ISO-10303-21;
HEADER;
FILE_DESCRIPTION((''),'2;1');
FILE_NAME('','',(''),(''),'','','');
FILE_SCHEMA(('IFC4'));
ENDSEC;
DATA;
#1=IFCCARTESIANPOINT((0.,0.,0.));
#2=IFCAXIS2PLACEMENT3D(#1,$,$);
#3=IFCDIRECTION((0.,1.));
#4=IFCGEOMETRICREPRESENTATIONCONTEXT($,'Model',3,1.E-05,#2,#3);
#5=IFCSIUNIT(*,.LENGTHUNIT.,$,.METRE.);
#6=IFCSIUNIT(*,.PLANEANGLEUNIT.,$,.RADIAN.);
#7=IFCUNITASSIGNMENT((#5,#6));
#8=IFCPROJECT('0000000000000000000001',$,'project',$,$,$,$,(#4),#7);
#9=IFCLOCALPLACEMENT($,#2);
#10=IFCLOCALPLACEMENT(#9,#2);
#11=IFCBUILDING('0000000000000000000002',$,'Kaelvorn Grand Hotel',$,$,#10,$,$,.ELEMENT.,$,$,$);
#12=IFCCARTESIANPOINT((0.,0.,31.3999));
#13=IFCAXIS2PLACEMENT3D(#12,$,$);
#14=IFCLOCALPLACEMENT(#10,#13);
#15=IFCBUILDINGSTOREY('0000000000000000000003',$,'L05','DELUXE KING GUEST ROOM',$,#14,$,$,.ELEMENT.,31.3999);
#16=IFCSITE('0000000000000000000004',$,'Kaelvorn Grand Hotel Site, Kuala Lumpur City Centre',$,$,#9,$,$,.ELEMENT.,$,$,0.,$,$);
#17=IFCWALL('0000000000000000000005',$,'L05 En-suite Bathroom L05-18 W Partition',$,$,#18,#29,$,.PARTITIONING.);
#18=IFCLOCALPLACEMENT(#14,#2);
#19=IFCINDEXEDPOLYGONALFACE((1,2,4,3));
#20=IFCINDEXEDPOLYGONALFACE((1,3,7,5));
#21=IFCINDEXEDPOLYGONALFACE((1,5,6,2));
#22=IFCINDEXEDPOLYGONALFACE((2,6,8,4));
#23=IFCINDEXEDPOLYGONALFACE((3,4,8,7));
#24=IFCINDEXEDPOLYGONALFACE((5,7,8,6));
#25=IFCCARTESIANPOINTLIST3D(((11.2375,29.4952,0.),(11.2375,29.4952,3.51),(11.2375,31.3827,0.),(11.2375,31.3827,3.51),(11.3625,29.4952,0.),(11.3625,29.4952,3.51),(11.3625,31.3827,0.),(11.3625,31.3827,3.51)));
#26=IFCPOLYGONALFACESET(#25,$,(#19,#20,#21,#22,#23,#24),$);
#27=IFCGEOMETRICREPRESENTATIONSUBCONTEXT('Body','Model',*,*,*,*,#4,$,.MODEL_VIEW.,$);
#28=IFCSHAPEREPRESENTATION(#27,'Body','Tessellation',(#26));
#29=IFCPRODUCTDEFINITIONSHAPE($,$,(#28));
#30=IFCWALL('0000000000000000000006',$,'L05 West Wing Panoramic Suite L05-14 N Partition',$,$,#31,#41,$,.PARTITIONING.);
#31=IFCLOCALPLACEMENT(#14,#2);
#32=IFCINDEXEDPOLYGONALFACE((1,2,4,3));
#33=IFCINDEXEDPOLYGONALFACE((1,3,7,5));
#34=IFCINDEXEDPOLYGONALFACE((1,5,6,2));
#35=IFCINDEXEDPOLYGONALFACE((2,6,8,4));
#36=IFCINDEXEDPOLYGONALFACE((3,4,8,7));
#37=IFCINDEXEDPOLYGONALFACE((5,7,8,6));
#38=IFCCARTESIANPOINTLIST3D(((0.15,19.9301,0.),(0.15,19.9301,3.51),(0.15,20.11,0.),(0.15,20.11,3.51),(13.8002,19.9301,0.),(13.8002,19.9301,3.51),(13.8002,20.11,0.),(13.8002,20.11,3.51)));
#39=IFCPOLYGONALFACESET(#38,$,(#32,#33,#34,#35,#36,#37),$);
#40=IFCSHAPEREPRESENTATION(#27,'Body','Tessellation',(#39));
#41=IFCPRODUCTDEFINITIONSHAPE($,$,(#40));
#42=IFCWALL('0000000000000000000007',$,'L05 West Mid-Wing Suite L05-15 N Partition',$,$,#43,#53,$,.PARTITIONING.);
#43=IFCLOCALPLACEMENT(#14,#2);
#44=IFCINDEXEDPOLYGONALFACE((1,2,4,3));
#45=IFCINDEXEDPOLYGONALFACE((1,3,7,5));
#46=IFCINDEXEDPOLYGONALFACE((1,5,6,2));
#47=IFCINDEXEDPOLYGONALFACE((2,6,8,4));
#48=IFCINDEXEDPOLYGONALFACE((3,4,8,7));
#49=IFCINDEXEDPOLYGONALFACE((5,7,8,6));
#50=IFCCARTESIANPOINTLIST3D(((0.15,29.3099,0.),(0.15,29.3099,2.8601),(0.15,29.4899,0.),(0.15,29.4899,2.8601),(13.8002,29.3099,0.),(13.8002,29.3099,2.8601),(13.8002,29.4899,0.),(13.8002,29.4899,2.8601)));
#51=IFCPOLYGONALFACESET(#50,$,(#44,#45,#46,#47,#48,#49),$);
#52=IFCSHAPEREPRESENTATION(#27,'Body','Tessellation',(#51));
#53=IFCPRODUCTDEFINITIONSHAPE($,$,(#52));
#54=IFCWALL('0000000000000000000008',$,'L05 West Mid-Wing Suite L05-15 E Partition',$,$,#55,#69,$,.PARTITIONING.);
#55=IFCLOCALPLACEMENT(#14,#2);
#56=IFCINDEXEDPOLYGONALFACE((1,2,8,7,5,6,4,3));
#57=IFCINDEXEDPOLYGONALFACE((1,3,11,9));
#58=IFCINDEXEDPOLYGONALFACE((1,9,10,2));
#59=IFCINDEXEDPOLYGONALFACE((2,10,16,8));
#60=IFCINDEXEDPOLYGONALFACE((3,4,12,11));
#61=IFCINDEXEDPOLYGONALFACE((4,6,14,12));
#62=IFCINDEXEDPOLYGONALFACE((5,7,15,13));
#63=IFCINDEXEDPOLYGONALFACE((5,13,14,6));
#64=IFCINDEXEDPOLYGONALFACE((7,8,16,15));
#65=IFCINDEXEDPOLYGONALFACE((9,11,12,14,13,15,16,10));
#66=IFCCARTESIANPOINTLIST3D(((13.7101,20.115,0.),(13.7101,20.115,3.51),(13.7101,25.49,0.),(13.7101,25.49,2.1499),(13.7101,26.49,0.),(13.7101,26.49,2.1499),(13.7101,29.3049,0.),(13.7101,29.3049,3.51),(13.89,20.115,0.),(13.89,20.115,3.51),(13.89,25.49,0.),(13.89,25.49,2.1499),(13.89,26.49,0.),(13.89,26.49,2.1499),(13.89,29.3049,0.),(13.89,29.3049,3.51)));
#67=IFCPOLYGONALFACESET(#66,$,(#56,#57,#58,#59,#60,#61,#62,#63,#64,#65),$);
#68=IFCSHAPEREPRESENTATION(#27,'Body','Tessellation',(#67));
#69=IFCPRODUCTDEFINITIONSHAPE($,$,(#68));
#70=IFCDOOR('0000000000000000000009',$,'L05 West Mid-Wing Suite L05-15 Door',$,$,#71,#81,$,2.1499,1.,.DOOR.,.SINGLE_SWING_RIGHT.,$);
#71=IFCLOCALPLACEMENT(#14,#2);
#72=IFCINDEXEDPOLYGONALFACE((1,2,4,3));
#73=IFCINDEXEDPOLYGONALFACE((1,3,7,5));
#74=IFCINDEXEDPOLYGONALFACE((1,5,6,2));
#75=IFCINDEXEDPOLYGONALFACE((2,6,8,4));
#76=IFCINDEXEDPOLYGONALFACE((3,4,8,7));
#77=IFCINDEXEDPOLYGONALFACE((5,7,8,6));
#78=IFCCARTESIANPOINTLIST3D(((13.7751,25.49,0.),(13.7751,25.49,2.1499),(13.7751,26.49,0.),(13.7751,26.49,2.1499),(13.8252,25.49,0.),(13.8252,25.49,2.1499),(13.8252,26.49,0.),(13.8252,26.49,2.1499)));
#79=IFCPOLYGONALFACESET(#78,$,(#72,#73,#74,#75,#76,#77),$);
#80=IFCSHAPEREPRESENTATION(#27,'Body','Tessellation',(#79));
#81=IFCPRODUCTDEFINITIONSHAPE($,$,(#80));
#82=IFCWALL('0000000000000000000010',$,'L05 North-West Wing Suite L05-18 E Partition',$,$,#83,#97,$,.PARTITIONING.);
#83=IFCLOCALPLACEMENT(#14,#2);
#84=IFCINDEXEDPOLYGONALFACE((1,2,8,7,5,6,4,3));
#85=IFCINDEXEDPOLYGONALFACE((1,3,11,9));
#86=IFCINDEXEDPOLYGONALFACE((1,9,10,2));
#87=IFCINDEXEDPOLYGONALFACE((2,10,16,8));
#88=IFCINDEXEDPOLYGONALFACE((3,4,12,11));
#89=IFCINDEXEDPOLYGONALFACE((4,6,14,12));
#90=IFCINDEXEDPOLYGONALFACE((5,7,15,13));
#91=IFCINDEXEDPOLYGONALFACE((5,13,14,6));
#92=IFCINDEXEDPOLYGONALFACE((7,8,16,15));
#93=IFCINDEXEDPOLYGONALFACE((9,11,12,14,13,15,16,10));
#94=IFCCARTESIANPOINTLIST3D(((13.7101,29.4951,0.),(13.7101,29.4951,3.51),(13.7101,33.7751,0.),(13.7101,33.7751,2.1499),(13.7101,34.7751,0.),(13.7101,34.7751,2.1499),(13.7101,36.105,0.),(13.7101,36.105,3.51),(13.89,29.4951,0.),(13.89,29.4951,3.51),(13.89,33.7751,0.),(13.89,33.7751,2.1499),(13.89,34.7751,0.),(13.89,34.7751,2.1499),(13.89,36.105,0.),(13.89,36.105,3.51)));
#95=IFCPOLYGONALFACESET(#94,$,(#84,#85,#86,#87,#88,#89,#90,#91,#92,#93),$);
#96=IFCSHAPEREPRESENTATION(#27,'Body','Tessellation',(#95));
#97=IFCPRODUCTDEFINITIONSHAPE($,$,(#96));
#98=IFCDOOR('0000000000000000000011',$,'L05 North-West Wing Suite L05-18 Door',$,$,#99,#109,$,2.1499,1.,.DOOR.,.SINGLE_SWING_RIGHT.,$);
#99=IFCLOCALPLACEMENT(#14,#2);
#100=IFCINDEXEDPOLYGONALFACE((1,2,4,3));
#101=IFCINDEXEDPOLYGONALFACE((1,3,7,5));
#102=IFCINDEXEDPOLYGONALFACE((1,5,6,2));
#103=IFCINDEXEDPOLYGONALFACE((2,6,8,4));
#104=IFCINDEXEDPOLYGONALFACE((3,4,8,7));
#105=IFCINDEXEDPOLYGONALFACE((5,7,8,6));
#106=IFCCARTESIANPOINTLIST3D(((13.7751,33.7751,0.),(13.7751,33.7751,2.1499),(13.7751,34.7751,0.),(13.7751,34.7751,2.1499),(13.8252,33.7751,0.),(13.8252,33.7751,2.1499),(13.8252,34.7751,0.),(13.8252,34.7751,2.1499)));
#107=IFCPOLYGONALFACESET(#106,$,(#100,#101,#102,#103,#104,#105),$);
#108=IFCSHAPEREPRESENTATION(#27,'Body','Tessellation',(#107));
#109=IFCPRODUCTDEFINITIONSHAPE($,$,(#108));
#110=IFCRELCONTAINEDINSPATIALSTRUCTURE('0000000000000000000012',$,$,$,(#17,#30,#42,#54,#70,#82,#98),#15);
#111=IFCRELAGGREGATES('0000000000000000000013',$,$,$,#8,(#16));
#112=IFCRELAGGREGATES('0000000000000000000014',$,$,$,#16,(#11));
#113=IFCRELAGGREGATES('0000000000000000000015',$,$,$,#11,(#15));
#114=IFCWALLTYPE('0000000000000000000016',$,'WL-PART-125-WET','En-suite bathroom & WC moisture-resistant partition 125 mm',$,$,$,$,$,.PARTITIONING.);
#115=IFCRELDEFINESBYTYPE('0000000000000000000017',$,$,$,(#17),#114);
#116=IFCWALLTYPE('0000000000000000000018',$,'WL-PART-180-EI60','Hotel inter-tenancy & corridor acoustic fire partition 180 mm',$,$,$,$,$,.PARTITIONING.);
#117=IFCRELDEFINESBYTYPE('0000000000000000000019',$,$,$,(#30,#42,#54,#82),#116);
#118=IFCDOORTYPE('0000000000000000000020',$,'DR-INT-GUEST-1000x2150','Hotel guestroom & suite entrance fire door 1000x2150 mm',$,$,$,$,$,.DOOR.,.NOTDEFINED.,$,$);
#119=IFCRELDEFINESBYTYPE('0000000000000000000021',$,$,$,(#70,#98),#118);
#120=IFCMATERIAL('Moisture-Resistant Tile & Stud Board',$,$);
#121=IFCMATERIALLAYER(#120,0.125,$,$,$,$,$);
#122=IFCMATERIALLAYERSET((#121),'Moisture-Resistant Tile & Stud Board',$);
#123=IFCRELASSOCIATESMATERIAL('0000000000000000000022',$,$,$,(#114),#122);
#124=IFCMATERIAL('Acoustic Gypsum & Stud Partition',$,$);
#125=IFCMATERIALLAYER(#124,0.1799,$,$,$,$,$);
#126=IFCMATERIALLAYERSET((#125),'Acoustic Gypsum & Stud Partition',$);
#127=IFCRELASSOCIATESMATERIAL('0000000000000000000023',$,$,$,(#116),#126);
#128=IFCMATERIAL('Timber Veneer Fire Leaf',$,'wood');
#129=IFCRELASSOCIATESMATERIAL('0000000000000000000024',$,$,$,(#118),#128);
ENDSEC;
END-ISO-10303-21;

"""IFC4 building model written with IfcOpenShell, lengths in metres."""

from ifc_helpers import new_model, si_unit, direction, frame, frame_2d, origin, place, context, subcontext, project, spatial, rectangle, extrude, material, layer, layer_set, type_object, element, fill, save


model = new_model("IFC4")

# Units and contexts
model_context = context("Model", 3, precision=1e-05, world=origin(), true_north=direction((0.0, 1.0)))
body_context = subcontext(model_context, "Body", "Model", "MODEL_VIEW")
ifc_project = project(units=[si_unit("LENGTHUNIT", "METRE"), si_unit("PLANEANGLEUNIT", "RADIAN")], contexts=[model_context])

# Site, building, storey
site_placement = place(None, origin())
site = spatial("IfcSite", under=ifc_project, at=site_placement, Name="Kaelvorn Grand Hotel Site, Kuala Lumpur City Centre", CompositionType="ELEMENT", RefElevation=0.0)
building_placement = place(site_placement, origin())
building = spatial("IfcBuilding", under=site, at=building_placement, Name="Kaelvorn Grand Hotel", CompositionType="ELEMENT")
storey_placement = place(building_placement, frame((0.0, 0.0, 31.3999)))
storey = spatial("IfcBuildingStorey", under=building, at=storey_placement, Name="L05", Description="DELUXE KING GUEST ROOM", CompositionType="ELEMENT", Elevation=31.3999)

# Shared definitions
ifc_material_1 = material(Name="Moisture-Resistant Tile & Stud Board")
ifc_layer_1 = layer(ifc_material_1, 0.125)
ifc_layer_set_1 = layer_set([ifc_layer_1], Name="Moisture-Resistant Tile & Stud Board")
wall_type_1 = type_object("IfcWallType", Name="WL-PART-125-WET", Description="En-suite bathroom & WC moisture-resistant partition 125 mm", PredefinedType="PARTITIONING", material=ifc_layer_set_1)

# Walls
wall_1_placement = place(storey_placement, frame((11.3, 29.4951, 0.0), z_axis=(0.0, 0.0, 1.0), x_axis=(0.0, 1.0, 0.0)))
element("IfcWall", 1, at=wall_1_placement, inside=storey, type_object=wall_type_1, Name="L05 En-suite Bathroom L05-18 W Partition", PredefinedType="PARTITIONING", context=body_context, shape_type="SweptSolid", body=[
    extrude(rectangle(XDim=1.8875, YDim=0.125, at=frame_2d((0.9438, 0.0))), origin(), (0.0, 0.0, 1.0), 3.51),
])
ifc_material_2 = material(Name="Acoustic Gypsum & Stud Partition")
ifc_layer_2 = layer(ifc_material_2, 0.1799)
ifc_layer_set_2 = layer_set([ifc_layer_2], Name="Acoustic Gypsum & Stud Partition")
wall_type_2 = type_object("IfcWallType", Name="WL-PART-180-EI60", Description="Hotel inter-tenancy & corridor acoustic fire partition 180 mm", PredefinedType="PARTITIONING", material=ifc_layer_set_2)
wall_2_placement = place(storey_placement, frame((0.1499, 20.02, 0.0), z_axis=(0.0, 0.0, 1.0), x_axis=(1.0, 0.0, 0.0)))
element("IfcWall", 2, at=wall_2_placement, inside=storey, type_object=wall_type_2, Name="L05 West Wing Panoramic Suite L05-14 N Partition", PredefinedType="PARTITIONING", context=body_context, shape_type="SweptSolid", body=[
    extrude(rectangle(XDim=13.6501, YDim=0.1799, at=frame_2d((6.8252, 0.0))), origin(), (0.0, 0.0, 1.0), 3.51),
])
wall_3_placement = place(storey_placement, frame((0.1499, 29.3999, 0.0), z_axis=(0.0, 0.0, 1.0), x_axis=(1.0, 0.0, 0.0)))
element("IfcWall", 3, at=wall_3_placement, inside=storey, type_object=wall_type_2, Name="L05 West Mid-Wing Suite L05-15 N Partition", PredefinedType="PARTITIONING", context=body_context, shape_type="SweptSolid", body=[
    extrude(rectangle(XDim=13.6501, YDim=0.1799, at=frame_2d((6.8252, 0.0))), origin(), (0.0, 0.0, 1.0), 2.8601),
])

# Walls, openings, doors
wall_4_placement = place(storey_placement, frame((13.8, 20.115, 0.0), z_axis=(0.0, 0.0, 1.0), x_axis=(0.0, 1.0, 0.0)))
wall_4 = element("IfcWall", 4, at=wall_4_placement, inside=storey, type_object=wall_type_2, Name="L05 West Mid-Wing Suite L05-15 E Partition", PredefinedType="PARTITIONING", context=body_context, shape_type="SweptSolid", body=[
    extrude(rectangle(XDim=9.1899, YDim=0.1799, at=frame_2d((4.595, 0.0))), origin(), (0.0, 0.0, 1.0), 3.51),
])
opening_1_placement = place(wall_4_placement, frame((5.375, 0.0, 0.0)))
opening_1 = element("IfcOpeningElement", 5, at=opening_1_placement, cuts=wall_4, PredefinedType="OPENING", context=body_context, shape_type="SweptSolid", body=[
    extrude(rectangle(XDim=1.0, YDim=2.1499, at=frame_2d((0.5, 1.075))), frame((0.0, 0.1001, 0.0), z_axis=(0.0, -1.0, 0.0), x_axis=(1.0, 0.0, 0.0)), (0.0, 0.0, 1.0), 0.2),
])
ifc_material_3 = material(Name="Timber Veneer Fire Leaf", Category="wood")
door_type_1 = type_object("IfcDoorType", Name="DR-INT-GUEST-1000x2150", Description="Hotel guestroom & suite entrance fire door 1000x2150 mm", OperationType="NOTDEFINED", PredefinedType="DOOR", material=ifc_material_3)
door_1_placement = place(opening_1_placement, origin())
door_1 = element("IfcDoor", 6, at=door_1_placement, inside=storey, type_object=door_type_1, Name="L05 West Mid-Wing Suite L05-15 Door", OperationType="SINGLE_SWING_RIGHT", OverallHeight=2.1499, OverallWidth=1.0, PredefinedType="DOOR", context=body_context, shape_type="SweptSolid", body=[
    extrude(rectangle(XDim=1.0, YDim=2.1499, at=frame_2d((0.5, 1.075))), frame((0.0, 0.0249, 0.0), z_axis=(0.0, -1.0, 0.0), x_axis=(1.0, 0.0, 0.0)), (0.0, 0.0, 1.0), 0.05),
])
fill(opening_1, door_1)
wall_5_placement = place(storey_placement, frame((13.8, 29.4951, 0.0), z_axis=(0.0, 0.0, 1.0), x_axis=(0.0, 1.0, 0.0)))
wall_5 = element("IfcWall", 7, at=wall_5_placement, inside=storey, type_object=wall_type_2, Name="L05 North-West Wing Suite L05-18 E Partition", PredefinedType="PARTITIONING", context=body_context, shape_type="SweptSolid", body=[
    extrude(rectangle(XDim=6.6099, YDim=0.1799, at=frame_2d((3.3049, 0.0))), origin(), (0.0, 0.0, 1.0), 3.51),
])
opening_2_placement = place(wall_5_placement, frame((4.28, 0.0, 0.0)))
opening_2 = element("IfcOpeningElement", 8, at=opening_2_placement, cuts=wall_5, PredefinedType="OPENING", context=body_context, shape_type="SweptSolid", body=[
    extrude(rectangle(XDim=1.0, YDim=2.1499, at=frame_2d((0.5, 1.075))), frame((0.0, 0.1001, 0.0), z_axis=(0.0, -1.0, 0.0), x_axis=(1.0, 0.0, 0.0)), (0.0, 0.0, 1.0), 0.2),
])
door_2_placement = place(opening_2_placement, origin())
door_2 = element("IfcDoor", 9, at=door_2_placement, inside=storey, type_object=door_type_1, Name="L05 North-West Wing Suite L05-18 Door", OperationType="SINGLE_SWING_RIGHT", OverallHeight=2.1499, OverallWidth=1.0, PredefinedType="DOOR", context=body_context, shape_type="SweptSolid", body=[
    extrude(rectangle(XDim=1.0, YDim=2.1499, at=frame_2d((0.5, 1.075))), frame((0.0, 0.0249, 0.0), z_axis=(0.0, -1.0, 0.0), x_axis=(1.0, 0.0, 0.0)), (0.0, 0.0, 1.0), 0.05),
])
fill(opening_2, door_2)

save(model, "model.ifc")
